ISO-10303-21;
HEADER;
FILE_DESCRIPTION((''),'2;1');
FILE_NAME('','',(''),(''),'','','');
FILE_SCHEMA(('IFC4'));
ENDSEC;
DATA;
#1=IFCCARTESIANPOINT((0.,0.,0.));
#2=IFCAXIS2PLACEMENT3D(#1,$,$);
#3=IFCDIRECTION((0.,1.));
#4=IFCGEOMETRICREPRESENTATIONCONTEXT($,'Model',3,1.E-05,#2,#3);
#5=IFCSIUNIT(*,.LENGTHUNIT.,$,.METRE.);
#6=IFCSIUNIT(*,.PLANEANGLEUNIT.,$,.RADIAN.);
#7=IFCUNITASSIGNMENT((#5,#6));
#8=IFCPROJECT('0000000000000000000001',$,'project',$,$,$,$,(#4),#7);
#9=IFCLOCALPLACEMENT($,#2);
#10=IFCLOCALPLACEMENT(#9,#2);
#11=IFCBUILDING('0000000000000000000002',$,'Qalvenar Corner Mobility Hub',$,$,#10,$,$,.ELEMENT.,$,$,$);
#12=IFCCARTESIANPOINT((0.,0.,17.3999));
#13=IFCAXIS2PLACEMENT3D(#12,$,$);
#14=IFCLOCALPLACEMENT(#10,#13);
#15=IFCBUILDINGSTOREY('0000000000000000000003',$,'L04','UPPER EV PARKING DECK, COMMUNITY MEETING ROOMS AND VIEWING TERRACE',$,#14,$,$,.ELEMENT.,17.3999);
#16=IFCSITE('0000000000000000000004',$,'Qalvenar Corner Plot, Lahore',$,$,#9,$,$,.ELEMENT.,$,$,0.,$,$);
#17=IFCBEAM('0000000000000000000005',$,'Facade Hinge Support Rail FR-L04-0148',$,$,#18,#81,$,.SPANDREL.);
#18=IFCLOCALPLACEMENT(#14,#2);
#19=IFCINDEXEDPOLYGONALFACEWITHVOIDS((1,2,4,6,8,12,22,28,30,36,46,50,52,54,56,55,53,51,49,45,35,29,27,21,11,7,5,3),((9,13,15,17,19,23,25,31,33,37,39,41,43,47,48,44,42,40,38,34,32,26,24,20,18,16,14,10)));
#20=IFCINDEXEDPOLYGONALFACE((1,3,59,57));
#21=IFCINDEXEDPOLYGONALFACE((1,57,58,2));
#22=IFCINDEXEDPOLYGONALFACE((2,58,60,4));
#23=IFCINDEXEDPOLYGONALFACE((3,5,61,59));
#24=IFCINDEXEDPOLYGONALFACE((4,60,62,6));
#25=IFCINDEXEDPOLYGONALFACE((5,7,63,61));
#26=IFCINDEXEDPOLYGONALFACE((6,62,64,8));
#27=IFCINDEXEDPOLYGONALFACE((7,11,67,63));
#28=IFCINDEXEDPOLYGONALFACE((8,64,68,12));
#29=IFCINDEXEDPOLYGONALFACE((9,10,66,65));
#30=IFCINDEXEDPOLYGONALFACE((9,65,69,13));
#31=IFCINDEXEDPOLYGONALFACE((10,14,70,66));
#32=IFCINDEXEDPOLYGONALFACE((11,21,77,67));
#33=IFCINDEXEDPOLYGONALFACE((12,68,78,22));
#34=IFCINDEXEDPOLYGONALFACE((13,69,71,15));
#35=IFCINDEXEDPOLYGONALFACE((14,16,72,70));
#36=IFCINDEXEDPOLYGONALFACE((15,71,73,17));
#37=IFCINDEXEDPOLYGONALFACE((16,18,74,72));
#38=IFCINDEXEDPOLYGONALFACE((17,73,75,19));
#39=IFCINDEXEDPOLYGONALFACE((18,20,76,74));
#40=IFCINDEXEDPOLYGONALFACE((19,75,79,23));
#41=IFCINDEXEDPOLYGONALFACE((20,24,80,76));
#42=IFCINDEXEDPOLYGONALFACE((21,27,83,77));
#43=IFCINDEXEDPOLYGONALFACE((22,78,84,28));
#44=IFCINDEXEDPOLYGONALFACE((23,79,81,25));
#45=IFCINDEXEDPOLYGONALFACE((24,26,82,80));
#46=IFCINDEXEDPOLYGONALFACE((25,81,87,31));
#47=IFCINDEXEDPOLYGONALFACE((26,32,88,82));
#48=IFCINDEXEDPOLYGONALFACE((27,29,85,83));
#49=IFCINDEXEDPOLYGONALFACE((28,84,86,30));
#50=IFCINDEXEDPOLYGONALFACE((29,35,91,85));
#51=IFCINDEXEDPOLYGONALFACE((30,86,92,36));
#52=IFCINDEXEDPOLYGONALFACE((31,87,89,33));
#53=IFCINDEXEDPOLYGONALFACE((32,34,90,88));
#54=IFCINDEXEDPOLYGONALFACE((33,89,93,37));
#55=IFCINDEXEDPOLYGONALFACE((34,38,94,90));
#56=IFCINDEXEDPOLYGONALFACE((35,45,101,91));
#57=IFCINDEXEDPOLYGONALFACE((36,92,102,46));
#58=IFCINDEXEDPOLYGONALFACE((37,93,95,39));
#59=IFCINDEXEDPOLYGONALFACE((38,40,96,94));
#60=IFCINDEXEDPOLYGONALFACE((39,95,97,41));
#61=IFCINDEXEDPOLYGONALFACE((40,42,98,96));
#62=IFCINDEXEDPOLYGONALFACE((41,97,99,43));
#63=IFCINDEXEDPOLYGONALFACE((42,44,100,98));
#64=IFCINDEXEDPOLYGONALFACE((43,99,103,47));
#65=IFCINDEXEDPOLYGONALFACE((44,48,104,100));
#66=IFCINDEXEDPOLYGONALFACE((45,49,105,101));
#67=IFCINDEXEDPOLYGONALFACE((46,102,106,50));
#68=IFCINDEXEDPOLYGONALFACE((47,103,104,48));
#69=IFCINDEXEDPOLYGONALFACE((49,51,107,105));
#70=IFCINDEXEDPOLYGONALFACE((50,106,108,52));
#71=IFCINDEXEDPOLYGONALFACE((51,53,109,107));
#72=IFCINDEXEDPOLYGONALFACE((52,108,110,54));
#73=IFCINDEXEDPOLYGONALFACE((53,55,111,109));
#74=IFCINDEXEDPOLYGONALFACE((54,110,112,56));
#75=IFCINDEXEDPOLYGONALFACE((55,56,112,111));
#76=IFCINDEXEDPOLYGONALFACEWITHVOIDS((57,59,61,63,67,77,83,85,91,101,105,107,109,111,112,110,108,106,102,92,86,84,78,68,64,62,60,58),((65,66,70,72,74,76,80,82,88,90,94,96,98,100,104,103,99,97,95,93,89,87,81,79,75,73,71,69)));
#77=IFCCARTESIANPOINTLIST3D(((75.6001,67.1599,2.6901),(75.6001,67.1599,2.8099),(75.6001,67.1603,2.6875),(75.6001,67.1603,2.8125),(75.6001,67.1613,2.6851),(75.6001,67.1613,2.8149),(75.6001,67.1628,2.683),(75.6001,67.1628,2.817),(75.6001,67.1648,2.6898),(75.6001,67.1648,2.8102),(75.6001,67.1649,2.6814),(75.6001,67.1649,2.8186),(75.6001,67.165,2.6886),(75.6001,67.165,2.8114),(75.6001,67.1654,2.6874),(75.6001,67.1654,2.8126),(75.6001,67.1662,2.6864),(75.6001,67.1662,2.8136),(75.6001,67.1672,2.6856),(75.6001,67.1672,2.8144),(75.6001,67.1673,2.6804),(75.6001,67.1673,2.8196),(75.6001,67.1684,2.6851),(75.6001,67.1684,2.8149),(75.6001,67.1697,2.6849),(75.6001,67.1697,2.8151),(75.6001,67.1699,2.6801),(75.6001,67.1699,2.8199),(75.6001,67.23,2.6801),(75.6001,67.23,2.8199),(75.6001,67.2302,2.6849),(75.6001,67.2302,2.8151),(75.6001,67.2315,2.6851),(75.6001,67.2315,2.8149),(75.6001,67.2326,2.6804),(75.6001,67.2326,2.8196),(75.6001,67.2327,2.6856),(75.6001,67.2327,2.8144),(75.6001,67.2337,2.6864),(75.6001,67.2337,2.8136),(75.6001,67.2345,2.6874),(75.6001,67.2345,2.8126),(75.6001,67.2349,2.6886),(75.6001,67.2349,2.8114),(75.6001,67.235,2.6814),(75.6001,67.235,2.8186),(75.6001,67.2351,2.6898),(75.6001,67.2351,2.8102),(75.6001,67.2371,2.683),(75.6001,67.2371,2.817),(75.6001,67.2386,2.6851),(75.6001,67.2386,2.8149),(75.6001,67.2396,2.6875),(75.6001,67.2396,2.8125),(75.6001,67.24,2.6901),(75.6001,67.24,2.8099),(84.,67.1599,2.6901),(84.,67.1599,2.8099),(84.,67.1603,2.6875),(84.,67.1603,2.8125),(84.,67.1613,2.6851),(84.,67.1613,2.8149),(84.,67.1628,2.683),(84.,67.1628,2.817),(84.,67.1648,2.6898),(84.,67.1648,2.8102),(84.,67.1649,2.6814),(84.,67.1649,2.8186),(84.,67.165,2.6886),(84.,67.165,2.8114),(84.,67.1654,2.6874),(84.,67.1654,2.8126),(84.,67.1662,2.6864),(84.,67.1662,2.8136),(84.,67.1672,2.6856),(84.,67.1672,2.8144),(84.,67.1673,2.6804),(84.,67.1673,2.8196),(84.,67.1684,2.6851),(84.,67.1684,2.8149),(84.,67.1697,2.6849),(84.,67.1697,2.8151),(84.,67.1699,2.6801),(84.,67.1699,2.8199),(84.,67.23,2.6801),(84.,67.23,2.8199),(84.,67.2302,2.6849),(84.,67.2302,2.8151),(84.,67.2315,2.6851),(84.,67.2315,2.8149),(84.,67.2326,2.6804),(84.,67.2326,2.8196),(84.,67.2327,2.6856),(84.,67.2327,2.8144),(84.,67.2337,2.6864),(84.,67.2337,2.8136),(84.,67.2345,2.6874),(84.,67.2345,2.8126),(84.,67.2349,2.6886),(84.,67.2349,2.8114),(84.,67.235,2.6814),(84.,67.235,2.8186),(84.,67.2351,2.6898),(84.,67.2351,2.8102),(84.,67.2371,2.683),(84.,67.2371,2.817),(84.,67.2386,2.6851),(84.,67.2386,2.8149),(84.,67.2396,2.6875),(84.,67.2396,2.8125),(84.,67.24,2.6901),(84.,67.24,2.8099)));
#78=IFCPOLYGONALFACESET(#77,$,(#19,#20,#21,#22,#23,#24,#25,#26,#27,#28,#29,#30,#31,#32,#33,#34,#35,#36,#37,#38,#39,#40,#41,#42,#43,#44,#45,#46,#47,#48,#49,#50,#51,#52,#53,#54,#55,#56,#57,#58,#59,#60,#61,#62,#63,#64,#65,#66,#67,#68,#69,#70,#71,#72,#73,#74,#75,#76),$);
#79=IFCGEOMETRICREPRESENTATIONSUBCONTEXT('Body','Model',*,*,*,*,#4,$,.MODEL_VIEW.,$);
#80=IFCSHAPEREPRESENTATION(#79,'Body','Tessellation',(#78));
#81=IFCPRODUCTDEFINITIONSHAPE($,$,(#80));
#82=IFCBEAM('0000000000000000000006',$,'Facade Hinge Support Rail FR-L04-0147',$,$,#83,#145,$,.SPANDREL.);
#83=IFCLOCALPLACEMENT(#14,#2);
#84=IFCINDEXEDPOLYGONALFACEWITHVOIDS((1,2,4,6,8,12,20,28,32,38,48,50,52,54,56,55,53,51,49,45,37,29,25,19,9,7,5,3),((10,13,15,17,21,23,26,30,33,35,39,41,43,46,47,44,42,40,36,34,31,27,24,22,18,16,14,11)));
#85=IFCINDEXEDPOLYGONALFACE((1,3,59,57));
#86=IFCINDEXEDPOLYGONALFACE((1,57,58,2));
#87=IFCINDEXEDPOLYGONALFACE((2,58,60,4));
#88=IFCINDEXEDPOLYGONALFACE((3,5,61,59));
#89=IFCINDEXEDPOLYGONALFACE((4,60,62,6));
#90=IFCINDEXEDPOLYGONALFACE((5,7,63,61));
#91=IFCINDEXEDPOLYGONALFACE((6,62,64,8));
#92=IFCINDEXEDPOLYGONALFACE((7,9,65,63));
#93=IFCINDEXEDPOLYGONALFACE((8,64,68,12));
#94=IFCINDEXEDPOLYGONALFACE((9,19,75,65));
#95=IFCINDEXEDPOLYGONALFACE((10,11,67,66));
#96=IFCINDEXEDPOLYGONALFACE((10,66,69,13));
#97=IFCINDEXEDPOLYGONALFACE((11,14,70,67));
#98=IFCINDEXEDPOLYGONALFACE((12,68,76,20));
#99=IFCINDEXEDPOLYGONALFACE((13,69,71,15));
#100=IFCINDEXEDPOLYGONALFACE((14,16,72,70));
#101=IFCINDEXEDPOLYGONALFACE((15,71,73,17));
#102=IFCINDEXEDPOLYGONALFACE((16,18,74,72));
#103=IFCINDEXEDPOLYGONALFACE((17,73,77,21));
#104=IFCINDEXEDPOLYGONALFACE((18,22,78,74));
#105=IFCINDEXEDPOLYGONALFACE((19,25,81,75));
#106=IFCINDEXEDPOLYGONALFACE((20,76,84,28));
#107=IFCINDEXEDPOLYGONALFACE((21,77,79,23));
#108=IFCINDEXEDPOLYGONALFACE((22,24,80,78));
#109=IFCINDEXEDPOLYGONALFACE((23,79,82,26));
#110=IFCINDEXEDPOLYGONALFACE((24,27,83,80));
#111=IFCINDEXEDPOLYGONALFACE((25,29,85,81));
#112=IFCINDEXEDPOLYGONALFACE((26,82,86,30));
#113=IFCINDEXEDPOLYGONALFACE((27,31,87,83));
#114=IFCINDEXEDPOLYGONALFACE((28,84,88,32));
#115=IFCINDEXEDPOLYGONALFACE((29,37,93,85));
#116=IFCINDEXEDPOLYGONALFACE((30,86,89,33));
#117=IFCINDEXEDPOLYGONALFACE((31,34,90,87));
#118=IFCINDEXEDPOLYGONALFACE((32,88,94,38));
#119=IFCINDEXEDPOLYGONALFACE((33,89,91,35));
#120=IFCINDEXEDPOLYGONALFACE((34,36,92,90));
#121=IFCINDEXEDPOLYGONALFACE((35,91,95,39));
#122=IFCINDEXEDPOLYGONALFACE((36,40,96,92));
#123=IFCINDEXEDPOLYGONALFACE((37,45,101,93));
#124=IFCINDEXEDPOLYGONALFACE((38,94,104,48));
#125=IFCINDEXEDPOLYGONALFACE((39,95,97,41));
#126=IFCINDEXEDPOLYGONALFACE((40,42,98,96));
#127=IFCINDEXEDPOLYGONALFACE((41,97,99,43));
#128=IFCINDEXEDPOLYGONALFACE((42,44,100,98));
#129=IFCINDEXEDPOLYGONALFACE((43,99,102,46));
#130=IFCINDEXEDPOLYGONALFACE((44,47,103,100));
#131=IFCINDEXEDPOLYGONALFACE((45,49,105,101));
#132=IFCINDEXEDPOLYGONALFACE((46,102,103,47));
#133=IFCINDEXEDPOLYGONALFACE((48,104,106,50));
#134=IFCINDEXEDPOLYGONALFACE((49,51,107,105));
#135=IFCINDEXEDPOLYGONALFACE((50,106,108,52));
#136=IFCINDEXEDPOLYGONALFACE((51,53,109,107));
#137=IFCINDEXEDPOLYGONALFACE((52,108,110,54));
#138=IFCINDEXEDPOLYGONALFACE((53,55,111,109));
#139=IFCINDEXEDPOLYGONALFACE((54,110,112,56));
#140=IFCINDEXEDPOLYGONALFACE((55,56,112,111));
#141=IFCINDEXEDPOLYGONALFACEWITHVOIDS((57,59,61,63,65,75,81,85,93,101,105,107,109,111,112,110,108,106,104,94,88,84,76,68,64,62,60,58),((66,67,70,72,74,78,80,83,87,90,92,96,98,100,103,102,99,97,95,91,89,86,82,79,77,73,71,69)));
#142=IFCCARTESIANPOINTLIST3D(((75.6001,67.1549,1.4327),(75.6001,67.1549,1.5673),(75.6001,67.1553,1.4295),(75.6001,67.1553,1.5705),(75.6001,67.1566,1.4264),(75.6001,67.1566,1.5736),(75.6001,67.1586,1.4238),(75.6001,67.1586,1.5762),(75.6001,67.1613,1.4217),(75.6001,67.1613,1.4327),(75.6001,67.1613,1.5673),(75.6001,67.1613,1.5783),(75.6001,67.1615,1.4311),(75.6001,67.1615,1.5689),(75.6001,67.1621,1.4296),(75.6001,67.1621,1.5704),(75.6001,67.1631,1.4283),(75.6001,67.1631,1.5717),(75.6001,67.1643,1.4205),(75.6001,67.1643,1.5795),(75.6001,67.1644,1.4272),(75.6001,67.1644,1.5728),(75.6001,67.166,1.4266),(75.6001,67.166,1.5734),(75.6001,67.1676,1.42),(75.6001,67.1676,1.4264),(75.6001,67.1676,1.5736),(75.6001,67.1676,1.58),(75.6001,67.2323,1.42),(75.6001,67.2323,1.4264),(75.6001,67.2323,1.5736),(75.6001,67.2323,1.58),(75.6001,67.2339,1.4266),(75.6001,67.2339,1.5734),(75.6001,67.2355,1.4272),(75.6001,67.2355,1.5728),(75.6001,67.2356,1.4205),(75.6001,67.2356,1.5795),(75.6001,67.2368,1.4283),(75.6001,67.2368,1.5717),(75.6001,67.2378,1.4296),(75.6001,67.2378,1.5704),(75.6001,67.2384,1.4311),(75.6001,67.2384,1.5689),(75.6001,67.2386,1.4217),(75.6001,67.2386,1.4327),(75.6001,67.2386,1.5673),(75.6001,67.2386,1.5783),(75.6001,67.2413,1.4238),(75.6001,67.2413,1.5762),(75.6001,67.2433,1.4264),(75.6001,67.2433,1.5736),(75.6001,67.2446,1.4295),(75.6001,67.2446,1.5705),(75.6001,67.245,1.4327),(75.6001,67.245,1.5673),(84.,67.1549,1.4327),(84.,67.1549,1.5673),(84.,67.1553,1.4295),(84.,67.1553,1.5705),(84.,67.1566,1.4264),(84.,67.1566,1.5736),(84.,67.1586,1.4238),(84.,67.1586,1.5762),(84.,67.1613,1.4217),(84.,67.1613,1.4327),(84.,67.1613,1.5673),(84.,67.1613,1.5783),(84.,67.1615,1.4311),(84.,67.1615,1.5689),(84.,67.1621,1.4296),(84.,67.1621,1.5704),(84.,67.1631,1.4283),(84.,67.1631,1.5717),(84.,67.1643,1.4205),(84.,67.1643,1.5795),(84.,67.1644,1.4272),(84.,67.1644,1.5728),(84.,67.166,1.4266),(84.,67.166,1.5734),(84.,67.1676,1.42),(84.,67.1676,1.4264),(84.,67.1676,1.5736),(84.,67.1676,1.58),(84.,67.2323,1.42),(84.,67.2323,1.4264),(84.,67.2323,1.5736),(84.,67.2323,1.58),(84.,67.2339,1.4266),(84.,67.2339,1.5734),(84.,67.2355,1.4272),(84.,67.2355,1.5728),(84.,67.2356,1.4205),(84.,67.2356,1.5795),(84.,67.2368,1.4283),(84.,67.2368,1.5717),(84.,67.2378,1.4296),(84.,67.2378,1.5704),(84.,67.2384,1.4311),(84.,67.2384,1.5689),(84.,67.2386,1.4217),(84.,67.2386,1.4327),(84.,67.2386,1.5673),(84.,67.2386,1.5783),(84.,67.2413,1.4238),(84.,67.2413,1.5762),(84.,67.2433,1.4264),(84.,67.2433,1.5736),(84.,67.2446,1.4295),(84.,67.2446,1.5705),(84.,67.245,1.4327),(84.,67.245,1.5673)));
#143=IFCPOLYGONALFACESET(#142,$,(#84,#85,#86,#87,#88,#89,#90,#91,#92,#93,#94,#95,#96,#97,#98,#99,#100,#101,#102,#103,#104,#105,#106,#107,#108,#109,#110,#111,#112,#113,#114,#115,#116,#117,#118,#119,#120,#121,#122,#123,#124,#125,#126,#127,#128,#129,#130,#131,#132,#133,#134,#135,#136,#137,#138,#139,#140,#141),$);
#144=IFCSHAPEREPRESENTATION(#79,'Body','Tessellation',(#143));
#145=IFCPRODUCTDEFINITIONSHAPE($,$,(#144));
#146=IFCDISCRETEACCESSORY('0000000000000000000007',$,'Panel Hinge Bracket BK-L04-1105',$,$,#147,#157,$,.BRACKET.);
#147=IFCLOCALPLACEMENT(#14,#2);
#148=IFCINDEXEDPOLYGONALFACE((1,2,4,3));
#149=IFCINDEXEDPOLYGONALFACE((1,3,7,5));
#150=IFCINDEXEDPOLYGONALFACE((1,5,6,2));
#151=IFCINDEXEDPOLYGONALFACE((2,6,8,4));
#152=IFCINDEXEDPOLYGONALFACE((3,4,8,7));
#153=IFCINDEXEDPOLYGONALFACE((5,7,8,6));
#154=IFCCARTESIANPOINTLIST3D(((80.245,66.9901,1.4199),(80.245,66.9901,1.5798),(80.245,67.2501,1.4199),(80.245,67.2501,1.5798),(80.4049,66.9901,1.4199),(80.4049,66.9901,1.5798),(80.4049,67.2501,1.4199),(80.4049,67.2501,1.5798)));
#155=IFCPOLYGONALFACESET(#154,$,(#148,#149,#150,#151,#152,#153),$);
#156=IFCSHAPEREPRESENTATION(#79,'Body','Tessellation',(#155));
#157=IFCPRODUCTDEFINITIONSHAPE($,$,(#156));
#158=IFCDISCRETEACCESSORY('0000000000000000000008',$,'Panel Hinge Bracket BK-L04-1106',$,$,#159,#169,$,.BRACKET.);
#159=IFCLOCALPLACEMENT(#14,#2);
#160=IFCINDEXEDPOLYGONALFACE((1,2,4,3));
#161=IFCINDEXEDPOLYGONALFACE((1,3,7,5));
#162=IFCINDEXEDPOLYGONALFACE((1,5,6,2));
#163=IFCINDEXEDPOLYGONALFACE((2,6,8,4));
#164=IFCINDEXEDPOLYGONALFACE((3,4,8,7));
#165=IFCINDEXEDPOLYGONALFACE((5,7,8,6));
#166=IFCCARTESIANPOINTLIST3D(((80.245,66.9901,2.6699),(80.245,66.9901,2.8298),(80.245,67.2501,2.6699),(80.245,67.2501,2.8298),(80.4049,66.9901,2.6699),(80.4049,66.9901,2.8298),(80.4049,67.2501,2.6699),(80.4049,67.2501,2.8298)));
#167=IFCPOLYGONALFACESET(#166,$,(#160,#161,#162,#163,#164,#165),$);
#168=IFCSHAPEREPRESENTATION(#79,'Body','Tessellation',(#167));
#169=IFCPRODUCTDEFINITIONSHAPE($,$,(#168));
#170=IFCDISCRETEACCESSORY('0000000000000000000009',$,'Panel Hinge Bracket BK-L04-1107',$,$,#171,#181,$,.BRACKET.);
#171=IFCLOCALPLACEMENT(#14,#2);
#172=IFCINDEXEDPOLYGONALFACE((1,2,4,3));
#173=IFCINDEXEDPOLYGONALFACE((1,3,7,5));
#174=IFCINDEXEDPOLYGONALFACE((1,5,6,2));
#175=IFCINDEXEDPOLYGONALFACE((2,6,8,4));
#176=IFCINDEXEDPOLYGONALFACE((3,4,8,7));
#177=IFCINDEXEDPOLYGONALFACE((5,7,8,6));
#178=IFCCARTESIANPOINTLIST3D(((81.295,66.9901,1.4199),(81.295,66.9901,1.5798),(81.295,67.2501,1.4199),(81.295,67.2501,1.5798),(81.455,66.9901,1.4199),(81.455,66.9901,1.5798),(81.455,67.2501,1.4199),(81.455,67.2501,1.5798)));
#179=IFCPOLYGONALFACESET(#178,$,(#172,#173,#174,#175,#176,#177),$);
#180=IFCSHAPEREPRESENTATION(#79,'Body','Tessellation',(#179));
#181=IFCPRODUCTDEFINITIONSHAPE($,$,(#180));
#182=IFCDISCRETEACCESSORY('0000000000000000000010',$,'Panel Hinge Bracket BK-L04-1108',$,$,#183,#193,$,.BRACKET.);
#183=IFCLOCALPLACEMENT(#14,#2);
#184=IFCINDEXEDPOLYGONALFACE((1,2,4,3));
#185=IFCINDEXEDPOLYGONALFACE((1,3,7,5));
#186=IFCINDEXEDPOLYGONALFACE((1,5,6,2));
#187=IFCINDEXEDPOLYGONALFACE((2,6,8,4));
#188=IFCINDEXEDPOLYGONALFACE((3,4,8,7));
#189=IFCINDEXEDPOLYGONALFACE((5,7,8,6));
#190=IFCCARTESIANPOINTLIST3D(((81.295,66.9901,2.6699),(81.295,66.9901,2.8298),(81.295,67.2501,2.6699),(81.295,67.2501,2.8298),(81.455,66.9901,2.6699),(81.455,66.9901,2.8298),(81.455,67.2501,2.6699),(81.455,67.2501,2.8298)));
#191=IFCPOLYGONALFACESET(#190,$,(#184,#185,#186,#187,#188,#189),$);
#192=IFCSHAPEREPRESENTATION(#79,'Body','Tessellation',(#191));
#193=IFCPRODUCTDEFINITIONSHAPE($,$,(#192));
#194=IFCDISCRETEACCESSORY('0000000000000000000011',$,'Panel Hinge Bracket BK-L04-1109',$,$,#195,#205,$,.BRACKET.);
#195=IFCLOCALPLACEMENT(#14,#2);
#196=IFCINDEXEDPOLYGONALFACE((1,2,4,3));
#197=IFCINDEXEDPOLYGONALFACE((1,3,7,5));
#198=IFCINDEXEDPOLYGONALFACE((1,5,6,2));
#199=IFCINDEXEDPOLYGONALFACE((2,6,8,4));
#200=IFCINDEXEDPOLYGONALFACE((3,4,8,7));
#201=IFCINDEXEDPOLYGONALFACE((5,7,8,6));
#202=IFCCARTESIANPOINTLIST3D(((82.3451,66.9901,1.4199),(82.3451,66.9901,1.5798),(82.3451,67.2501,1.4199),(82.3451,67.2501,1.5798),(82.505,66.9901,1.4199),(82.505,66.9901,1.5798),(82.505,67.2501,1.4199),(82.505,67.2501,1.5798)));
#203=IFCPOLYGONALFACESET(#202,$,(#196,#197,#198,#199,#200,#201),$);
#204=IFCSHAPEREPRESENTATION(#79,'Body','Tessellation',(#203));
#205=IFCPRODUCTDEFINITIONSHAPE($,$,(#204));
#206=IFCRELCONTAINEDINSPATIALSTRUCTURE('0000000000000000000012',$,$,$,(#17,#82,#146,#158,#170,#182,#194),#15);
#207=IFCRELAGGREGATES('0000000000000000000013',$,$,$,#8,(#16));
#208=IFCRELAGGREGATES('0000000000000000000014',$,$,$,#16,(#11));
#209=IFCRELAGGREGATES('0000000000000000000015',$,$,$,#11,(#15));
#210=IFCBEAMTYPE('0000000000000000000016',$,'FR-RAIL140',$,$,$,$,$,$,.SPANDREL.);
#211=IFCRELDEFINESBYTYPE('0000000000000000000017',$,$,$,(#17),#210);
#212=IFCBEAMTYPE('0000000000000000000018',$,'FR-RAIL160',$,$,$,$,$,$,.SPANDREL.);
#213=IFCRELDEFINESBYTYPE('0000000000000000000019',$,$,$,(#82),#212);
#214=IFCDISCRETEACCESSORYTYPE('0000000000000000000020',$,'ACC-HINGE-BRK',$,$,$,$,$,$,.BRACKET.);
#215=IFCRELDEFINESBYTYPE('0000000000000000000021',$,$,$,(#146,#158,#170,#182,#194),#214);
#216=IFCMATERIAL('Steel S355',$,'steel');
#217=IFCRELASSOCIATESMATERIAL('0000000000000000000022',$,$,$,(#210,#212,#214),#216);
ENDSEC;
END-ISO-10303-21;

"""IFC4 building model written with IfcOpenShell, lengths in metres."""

from ifc_helpers import new_model, si_unit, direction, frame, origin, origin_2d, place, context, subcontext, project, spatial, rectangle, hollow_rectangle, extrude, material, material_profile, profile_set, type_object, element, save


model = new_model("IFC4")

# Units and contexts
model_context = context("Model", 3, precision=1e-05, world=origin(), true_north=direction((0.0, 1.0)))
body_context = subcontext(model_context, "Body", "Model", "MODEL_VIEW")
ifc_project = project(units=[si_unit("LENGTHUNIT", "METRE"), si_unit("PLANEANGLEUNIT", "RADIAN")], contexts=[model_context])

# Site, building, storey
site_placement = place(None, origin())
site = spatial("IfcSite", under=ifc_project, at=site_placement, Name="Qalvenar Corner Plot, Lahore", CompositionType="ELEMENT", RefElevation=0.0)
building_placement = place(site_placement, origin())
building = spatial("IfcBuilding", under=site, at=building_placement, Name="Qalvenar Corner Mobility Hub", CompositionType="ELEMENT")
storey_placement = place(building_placement, frame((0.0, 0.0, 17.3999)))
storey = spatial("IfcBuildingStorey", under=building, at=storey_placement, Name="L04", Description="UPPER EV PARKING DECK, COMMUNITY MEETING ROOMS AND VIEWING TERRACE", CompositionType="ELEMENT", Elevation=17.3999)

# Shared definitions
ifc_material = material(Name="Steel S355", Category="steel")

# Beams
ifc_material_profile_1 = material_profile(ifc_material, hollow_rectangle(XDim=0.0801, YDim=0.1399, WallThickness=0.0049, InnerFilletRadius=0.0049, OuterFilletRadius=0.01, at=origin_2d()), Name="RHS140x80x5")
ifc_profile_set_1 = profile_set([ifc_material_profile_1], Name="Steel S355")
beam_type_1 = type_object("IfcBeamType", Name="FR-RAIL140", PredefinedType="SPANDREL", material=ifc_profile_set_1)
beam_1_placement = place(storey_placement, frame((75.6001, 67.2, 2.75), z_axis=(1.0, 0.0, 0.0), x_axis=(0.0, 1.0, 0.0)))
element("IfcBeam", 1, at=beam_1_placement, inside=storey, type_object=beam_type_1, Name="Facade Hinge Support Rail FR-L04-0148", PredefinedType="SPANDREL", context=body_context, shape_type="SweptSolid", body=[
    extrude(hollow_rectangle(XDim=0.0801, YDim=0.1399, WallThickness=0.0049, InnerFilletRadius=0.0049, OuterFilletRadius=0.01, at=origin_2d()), origin(), (0.0, 0.0, 1.0), 8.3999),
])
ifc_material_profile_2 = material_profile(ifc_material, hollow_rectangle(XDim=0.0901, YDim=0.1599, WallThickness=0.0063, InnerFilletRadius=0.0063, OuterFilletRadius=0.0127, at=origin_2d()), Name="RHS160x90x6.3")
ifc_profile_set_2 = profile_set([ifc_material_profile_2], Name="Steel S355")
beam_type_2 = type_object("IfcBeamType", Name="FR-RAIL160", PredefinedType="SPANDREL", material=ifc_profile_set_2)
beam_2_placement = place(storey_placement, frame((75.6001, 67.2, 1.5), z_axis=(1.0, 0.0, 0.0), x_axis=(0.0, 1.0, 0.0)))
element("IfcBeam", 2, at=beam_2_placement, inside=storey, type_object=beam_type_2, Name="Facade Hinge Support Rail FR-L04-0147", PredefinedType="SPANDREL", context=body_context, shape_type="SweptSolid", body=[
    extrude(hollow_rectangle(XDim=0.0901, YDim=0.1599, WallThickness=0.0063, InnerFilletRadius=0.0063, OuterFilletRadius=0.0127, at=origin_2d()), origin(), (0.0, 0.0, 1.0), 8.3999),
])

# Discrete accessories
discrete_accessory_type = type_object("IfcDiscreteAccessoryType", Name="ACC-HINGE-BRK", PredefinedType="BRACKET", material=ifc_material)
for number, where, z_axis, x_axis, name in (
    (3, (80.325, 67.1201, 1.4199), (0.0, 0.0, 1.0), (1.0, 0.0, 0.0), "Panel Hinge Bracket BK-L04-1105"),
    (4, (80.325, 67.1201, 2.6699), (0.0, 0.0, 1.0), (1.0, 0.0, 0.0), "Panel Hinge Bracket BK-L04-1106"),
    (5, (81.375, 67.1201, 1.4199), (0.0, 0.0, 1.0), (1.0, 0.0, 0.0), "Panel Hinge Bracket BK-L04-1107"),
    (6, (81.375, 67.1201, 2.6699), (0.0, 0.0, 1.0), (1.0, 0.0, 0.0), "Panel Hinge Bracket BK-L04-1108"),
    (7, (82.425, 67.1201, 1.4199), (0.0, 0.0, 1.0), (1.0, 0.0, 0.0), "Panel Hinge Bracket BK-L04-1109"),
):
    element("IfcDiscreteAccessory", number, at=place(storey_placement, frame(where, z_axis=z_axis, x_axis=x_axis)), inside=storey, type_object=discrete_accessory_type, Name=name, PredefinedType="BRACKET", context=body_context, shape_type="SweptSolid", body=[
        extrude(rectangle(XDim=0.1599, YDim=0.26, at=origin_2d()), origin(), (0.0, 0.0, 1.0), 0.1599),
    ])

save(model, "model.ifc")
